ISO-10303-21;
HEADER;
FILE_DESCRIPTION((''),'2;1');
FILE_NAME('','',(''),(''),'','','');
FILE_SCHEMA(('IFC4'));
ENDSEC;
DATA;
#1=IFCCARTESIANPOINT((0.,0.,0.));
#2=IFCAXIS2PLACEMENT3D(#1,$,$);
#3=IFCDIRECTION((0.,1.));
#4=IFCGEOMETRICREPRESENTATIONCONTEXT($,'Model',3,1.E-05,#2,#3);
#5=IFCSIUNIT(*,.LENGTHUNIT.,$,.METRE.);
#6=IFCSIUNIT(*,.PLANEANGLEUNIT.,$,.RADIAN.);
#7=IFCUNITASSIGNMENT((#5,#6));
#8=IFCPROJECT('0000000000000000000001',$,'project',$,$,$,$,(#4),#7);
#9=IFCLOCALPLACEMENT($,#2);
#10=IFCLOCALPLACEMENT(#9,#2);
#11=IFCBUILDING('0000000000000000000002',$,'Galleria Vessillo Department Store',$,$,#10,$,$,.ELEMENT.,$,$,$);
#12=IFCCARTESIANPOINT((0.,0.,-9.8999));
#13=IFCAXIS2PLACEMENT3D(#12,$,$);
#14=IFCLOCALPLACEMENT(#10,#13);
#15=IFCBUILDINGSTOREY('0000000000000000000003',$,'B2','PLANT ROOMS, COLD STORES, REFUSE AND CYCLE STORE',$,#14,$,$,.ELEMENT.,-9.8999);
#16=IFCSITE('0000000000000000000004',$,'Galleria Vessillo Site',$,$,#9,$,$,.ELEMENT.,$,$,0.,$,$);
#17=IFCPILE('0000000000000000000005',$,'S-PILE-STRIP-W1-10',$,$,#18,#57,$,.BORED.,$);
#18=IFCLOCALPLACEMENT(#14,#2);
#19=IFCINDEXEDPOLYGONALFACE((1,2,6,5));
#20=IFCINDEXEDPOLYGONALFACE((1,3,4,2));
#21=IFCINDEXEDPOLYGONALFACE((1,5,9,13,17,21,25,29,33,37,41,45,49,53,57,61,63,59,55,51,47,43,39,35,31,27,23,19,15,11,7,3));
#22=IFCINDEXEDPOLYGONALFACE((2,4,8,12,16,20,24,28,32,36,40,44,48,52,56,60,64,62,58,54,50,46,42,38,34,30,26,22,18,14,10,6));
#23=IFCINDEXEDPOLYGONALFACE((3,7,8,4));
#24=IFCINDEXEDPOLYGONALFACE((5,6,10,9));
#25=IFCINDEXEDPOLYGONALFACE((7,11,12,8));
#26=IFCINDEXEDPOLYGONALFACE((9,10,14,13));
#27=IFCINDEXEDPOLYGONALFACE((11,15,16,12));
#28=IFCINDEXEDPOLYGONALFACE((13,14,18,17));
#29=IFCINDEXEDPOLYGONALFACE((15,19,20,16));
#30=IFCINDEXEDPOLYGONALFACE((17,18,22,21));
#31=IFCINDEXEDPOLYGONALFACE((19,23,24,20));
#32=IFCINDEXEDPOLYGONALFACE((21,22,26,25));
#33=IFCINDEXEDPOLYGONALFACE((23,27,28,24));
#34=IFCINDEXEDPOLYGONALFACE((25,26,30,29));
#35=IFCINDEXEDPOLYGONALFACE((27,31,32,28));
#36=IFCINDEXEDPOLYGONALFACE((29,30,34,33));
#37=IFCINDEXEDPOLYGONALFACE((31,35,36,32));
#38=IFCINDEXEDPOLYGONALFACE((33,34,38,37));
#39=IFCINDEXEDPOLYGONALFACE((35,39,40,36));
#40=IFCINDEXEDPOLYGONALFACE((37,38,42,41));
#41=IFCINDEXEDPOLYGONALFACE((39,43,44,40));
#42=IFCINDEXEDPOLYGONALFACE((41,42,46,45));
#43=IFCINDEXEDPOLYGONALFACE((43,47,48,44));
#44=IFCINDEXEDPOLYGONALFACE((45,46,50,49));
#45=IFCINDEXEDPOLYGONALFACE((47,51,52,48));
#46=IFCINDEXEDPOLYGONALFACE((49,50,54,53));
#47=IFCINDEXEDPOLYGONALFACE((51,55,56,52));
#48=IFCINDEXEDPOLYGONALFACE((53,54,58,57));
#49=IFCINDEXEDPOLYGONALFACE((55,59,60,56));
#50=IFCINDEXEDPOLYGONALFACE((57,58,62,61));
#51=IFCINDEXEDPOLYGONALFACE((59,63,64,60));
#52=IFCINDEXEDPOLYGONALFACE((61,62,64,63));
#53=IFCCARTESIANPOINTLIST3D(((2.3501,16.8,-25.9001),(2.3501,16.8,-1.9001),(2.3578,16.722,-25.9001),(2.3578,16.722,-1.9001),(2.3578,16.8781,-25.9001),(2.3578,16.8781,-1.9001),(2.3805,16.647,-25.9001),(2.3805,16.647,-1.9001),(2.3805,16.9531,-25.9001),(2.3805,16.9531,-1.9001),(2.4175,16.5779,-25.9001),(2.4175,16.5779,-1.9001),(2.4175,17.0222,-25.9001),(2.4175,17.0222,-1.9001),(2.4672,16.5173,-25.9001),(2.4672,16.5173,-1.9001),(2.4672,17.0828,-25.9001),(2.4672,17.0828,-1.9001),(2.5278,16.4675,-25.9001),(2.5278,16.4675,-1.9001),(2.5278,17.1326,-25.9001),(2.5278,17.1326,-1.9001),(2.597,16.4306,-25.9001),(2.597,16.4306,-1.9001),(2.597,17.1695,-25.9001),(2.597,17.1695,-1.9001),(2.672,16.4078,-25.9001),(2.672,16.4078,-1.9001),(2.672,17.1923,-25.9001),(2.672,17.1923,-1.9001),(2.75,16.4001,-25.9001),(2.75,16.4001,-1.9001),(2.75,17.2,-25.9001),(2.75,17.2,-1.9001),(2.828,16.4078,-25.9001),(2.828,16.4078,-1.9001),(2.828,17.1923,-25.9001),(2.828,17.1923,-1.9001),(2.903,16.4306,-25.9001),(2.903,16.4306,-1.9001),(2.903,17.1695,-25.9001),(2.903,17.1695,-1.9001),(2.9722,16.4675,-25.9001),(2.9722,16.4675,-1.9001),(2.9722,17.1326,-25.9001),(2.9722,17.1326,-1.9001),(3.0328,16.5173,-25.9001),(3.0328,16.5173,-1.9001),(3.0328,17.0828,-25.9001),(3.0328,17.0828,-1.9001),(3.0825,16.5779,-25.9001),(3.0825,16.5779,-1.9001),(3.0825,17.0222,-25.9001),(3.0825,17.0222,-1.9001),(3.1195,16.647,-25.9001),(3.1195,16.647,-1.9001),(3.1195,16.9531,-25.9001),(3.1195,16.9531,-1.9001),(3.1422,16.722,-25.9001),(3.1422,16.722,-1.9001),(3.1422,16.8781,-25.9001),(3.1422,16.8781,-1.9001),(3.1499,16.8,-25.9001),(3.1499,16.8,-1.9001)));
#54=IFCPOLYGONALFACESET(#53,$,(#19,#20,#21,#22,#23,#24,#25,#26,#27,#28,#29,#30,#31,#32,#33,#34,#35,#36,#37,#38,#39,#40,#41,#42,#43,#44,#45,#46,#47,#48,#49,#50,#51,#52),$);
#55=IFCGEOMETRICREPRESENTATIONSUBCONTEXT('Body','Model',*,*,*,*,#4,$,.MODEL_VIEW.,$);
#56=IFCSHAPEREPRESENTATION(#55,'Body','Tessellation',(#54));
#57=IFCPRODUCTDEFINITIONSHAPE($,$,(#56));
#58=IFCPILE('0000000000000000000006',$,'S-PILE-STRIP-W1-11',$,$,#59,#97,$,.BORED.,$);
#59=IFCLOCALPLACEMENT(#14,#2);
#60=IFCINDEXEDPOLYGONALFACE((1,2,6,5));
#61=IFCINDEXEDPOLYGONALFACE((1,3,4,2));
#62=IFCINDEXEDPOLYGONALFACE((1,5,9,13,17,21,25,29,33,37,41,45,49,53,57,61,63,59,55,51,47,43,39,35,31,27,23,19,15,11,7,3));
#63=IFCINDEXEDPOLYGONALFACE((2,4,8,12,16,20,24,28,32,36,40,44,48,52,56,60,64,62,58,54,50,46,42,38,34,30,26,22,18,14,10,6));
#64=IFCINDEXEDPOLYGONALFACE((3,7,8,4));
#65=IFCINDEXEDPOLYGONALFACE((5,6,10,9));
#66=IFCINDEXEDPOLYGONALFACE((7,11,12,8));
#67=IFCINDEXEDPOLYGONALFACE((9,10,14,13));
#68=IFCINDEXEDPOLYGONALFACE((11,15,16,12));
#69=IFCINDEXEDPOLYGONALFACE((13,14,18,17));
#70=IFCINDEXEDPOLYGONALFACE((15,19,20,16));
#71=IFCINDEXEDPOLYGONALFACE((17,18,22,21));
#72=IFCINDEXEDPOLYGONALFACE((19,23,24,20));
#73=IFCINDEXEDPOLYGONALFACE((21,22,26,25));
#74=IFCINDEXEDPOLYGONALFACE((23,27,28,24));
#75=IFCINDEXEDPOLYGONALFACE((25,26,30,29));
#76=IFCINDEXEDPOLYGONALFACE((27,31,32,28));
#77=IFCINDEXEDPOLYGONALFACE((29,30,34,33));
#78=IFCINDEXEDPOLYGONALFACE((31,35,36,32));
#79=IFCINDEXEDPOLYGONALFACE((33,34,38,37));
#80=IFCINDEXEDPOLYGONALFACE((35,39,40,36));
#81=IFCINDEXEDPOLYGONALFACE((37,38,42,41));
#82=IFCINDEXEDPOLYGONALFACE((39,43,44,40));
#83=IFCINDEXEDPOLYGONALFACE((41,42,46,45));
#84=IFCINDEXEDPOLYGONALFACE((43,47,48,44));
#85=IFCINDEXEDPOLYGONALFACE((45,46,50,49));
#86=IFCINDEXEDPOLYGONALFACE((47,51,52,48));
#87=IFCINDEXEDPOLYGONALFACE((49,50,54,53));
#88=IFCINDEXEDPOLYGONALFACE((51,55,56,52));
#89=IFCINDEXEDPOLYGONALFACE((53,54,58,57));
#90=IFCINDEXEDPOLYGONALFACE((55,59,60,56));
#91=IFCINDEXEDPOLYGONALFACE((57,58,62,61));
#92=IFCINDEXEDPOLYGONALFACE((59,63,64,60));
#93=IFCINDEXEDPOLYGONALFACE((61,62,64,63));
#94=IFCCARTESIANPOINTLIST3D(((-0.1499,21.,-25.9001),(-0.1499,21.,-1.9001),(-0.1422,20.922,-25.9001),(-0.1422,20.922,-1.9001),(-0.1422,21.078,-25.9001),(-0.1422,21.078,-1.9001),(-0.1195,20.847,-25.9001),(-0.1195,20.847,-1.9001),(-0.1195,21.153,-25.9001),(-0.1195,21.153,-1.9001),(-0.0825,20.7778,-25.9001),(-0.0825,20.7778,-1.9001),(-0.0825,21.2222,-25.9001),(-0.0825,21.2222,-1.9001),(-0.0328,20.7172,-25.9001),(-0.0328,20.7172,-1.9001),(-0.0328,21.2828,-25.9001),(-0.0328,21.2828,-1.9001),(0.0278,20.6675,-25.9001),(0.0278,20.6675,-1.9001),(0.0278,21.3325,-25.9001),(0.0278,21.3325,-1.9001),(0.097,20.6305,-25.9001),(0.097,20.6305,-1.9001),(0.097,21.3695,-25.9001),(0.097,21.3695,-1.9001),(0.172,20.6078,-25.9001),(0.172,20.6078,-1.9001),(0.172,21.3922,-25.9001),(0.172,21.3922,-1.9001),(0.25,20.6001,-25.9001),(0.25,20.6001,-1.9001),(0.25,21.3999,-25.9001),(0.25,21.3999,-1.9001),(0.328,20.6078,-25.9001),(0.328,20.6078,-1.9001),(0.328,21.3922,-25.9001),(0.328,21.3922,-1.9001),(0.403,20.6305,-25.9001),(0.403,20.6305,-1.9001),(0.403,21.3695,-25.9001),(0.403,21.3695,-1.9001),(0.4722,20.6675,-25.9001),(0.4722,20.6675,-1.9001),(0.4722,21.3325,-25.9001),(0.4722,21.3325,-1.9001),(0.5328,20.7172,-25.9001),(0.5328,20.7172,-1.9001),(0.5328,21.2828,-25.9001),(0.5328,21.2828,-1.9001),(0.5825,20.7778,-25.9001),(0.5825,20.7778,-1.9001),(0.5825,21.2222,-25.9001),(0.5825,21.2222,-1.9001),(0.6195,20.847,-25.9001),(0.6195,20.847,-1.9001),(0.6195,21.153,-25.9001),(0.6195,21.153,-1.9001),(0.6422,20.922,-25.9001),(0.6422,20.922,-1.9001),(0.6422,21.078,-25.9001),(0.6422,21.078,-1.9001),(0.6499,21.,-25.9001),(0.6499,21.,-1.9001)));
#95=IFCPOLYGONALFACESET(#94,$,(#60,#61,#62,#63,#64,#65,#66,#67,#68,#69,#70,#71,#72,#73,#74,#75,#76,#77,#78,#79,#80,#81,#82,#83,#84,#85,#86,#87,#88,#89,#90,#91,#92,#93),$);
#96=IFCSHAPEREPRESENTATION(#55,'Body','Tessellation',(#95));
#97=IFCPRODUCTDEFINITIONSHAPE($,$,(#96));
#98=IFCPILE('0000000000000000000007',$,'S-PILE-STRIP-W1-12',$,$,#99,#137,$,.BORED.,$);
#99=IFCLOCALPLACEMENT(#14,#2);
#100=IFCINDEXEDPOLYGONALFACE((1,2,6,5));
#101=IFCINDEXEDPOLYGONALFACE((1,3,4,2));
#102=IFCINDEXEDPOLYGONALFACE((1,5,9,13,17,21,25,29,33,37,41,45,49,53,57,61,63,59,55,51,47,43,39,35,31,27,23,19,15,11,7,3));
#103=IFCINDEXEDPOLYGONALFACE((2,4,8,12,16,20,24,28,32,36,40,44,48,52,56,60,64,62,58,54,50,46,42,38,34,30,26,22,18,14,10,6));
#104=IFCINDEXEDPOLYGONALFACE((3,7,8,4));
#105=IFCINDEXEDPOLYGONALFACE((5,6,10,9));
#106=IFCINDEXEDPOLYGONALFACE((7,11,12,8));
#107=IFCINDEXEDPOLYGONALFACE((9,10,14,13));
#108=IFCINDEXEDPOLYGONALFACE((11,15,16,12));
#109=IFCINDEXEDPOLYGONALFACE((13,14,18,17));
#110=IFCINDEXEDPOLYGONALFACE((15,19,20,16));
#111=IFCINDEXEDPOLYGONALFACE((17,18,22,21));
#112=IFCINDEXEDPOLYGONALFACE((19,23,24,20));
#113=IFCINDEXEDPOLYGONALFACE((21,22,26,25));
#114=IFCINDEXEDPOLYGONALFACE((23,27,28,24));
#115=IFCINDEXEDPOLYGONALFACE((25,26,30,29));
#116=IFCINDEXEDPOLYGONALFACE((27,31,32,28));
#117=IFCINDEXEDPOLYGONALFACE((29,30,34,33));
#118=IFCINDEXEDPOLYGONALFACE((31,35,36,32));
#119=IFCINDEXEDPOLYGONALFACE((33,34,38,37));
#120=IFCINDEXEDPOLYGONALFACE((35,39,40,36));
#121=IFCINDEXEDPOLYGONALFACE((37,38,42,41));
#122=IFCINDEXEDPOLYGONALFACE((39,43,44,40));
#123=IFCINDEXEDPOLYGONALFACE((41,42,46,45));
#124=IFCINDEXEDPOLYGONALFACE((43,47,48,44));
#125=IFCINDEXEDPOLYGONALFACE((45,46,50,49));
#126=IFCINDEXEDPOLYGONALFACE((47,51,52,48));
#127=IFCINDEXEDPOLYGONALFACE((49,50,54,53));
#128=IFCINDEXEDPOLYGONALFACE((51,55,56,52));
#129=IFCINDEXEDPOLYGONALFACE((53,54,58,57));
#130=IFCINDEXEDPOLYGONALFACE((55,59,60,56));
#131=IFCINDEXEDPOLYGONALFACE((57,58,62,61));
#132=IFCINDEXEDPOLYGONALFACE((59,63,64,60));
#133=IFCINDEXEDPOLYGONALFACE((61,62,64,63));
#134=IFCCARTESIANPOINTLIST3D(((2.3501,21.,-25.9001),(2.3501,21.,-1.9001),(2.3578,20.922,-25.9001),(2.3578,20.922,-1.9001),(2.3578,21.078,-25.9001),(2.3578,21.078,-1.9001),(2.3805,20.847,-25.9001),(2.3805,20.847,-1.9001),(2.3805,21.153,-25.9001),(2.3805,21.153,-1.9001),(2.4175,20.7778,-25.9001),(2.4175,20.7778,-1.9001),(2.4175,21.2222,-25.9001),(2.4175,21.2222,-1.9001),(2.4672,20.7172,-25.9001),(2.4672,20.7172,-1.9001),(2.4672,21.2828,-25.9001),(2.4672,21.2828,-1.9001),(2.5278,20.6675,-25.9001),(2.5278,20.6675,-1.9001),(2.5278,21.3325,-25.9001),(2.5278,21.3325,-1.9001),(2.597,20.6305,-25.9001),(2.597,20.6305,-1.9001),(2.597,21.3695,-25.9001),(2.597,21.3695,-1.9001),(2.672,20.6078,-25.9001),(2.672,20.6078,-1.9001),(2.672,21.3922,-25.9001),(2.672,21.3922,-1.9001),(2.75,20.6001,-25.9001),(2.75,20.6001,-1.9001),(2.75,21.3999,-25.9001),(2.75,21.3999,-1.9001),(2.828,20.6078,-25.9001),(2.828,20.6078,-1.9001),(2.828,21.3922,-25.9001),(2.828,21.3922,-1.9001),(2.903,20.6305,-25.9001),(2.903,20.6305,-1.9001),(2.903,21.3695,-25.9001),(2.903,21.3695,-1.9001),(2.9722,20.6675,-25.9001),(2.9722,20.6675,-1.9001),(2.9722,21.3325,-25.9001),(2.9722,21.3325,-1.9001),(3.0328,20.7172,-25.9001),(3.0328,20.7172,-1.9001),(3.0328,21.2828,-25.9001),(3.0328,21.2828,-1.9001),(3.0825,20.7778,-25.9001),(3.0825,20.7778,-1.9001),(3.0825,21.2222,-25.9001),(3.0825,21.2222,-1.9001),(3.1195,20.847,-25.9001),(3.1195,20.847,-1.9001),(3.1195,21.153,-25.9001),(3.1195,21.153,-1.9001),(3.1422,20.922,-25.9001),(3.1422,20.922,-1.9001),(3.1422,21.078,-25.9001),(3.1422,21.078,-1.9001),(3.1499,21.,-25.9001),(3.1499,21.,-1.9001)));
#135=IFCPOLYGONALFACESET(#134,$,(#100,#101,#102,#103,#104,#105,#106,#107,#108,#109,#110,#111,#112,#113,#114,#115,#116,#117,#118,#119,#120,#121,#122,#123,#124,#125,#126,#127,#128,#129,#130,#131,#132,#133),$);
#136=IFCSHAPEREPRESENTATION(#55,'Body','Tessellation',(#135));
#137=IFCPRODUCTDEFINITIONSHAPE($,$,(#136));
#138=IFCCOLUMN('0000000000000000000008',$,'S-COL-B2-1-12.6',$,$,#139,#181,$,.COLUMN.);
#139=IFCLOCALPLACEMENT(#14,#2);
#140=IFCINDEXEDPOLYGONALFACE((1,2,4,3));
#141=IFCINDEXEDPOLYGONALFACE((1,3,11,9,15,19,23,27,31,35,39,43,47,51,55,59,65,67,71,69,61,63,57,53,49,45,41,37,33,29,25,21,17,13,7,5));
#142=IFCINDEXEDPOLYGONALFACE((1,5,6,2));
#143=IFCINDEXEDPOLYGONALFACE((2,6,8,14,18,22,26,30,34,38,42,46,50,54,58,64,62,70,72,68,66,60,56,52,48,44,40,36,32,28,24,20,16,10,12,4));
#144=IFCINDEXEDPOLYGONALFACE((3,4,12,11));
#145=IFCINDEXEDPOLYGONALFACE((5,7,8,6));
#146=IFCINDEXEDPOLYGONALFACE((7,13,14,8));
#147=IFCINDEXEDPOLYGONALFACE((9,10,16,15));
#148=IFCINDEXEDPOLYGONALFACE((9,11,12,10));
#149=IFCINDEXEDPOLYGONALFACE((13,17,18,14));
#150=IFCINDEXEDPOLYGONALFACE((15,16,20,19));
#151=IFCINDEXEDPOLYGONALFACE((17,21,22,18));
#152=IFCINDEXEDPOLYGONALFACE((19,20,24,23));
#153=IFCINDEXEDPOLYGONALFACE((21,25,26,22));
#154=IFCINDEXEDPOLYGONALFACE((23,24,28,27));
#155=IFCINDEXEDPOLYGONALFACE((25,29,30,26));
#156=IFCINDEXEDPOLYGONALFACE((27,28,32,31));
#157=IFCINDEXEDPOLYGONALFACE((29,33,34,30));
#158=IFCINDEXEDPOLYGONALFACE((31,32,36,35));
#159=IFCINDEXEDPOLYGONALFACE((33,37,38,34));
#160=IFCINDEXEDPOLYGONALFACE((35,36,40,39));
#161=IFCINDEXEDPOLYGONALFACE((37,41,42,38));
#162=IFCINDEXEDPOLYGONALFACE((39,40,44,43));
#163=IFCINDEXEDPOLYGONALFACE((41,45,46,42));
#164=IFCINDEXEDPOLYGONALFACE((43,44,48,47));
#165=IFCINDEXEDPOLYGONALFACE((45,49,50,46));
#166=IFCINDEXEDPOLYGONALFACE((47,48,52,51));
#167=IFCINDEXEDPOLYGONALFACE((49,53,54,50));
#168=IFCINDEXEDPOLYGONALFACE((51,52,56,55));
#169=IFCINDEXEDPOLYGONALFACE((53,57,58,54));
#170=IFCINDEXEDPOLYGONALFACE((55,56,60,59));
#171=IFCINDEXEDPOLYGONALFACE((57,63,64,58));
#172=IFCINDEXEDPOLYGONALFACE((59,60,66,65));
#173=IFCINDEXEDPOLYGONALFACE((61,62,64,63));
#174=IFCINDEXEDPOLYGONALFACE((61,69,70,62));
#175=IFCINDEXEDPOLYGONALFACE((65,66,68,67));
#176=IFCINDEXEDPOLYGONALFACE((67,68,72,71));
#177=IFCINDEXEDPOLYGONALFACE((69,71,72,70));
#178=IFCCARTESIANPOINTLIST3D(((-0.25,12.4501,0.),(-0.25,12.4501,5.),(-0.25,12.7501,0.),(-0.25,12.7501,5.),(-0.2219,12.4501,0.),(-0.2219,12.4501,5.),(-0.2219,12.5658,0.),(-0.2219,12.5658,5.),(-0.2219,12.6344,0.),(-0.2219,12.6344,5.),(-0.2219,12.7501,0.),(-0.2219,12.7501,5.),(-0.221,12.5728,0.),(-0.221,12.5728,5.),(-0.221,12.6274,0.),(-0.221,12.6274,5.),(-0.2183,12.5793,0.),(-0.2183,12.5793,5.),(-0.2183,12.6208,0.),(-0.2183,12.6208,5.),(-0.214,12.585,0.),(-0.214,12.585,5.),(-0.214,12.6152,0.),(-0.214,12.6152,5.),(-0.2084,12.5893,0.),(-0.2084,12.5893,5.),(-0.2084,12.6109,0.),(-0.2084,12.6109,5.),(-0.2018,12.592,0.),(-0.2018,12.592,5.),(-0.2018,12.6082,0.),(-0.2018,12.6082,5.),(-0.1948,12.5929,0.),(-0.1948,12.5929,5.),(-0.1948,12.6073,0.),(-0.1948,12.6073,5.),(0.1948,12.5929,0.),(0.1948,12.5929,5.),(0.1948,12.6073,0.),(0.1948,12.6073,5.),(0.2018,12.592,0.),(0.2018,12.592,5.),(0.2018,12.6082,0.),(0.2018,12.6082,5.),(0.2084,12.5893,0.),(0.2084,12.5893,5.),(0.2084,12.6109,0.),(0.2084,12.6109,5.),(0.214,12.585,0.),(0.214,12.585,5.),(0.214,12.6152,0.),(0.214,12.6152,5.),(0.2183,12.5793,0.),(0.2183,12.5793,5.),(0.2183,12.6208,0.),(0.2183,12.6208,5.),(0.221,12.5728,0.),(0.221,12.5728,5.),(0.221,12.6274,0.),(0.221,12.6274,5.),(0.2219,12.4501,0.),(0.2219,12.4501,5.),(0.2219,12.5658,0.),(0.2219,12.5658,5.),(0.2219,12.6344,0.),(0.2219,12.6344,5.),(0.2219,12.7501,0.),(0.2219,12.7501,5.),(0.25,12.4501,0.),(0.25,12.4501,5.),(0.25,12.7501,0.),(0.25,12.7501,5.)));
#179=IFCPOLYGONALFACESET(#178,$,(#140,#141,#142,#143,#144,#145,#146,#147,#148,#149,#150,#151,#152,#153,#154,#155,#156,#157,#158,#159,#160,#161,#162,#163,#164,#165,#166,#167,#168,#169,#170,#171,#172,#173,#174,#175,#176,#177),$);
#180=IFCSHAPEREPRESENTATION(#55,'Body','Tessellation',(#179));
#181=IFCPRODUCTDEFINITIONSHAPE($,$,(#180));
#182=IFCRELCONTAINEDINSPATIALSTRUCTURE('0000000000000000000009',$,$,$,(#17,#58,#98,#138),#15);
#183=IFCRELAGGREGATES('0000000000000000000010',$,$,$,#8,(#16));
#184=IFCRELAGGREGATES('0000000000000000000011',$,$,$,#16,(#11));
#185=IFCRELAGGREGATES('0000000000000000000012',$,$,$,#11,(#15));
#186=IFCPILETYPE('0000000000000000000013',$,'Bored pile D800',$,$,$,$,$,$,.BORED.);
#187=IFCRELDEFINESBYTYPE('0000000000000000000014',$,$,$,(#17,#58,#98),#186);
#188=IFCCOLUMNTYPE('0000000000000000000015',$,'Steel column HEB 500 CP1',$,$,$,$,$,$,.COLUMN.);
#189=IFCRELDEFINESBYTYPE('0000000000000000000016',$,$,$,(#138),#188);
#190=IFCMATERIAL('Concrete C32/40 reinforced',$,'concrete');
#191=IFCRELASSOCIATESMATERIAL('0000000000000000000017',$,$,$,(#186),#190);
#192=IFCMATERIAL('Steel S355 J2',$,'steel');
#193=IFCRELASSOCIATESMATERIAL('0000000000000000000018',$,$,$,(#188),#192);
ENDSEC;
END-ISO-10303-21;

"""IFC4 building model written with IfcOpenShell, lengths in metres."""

from ifc_helpers import new_model, si_unit, direction, frame, origin, origin_2d, place, context, subcontext, project, spatial, circle, i_section, extrude, material, material_profile, profile_set, type_object, element, save


model = new_model("IFC4")

# Units and contexts
model_context = context("Model", 3, precision=1e-05, world=origin(), true_north=direction((0.0, 1.0)))
body_context = subcontext(model_context, "Body", "Model", "MODEL_VIEW")
ifc_project = project(units=[si_unit("LENGTHUNIT", "METRE"), si_unit("PLANEANGLEUNIT", "RADIAN")], contexts=[model_context])

# Site, building, storey
site_placement = place(None, origin())
site = spatial("IfcSite", under=ifc_project, at=site_placement, Name="Galleria Vessillo Site", CompositionType="ELEMENT", RefElevation=0.0)
building_placement = place(site_placement, origin())
building = spatial("IfcBuilding", under=site, at=building_placement, Name="Galleria Vessillo Department Store", CompositionType="ELEMENT")
storey_placement = place(building_placement, frame((0.0, 0.0, -9.8999)))
storey = spatial("IfcBuildingStorey", under=building, at=storey_placement, Name="B2", Description="PLANT ROOMS, COLD STORES, REFUSE AND CYCLE STORE", CompositionType="ELEMENT", Elevation=-9.8999)

# Piles
ifc_material_1 = material(Name="Concrete C32/40 reinforced", Category="concrete")
ifc_material_profile_1 = material_profile(ifc_material_1, circle(Radius=0.3999, at=origin_2d()), Name="Bored pile D800")
ifc_profile_set_1 = profile_set([ifc_material_profile_1], Name="Concrete C32/40 reinforced")
pile_type = type_object("IfcPileType", Name="Bored pile D800", PredefinedType="BORED", material=ifc_profile_set_1)
for number, where, z_axis, x_axis, name in (
    (1, (2.75, 16.8, -1.9001), (0.0, 0.0, -1.0), (1.0, 0.0, 0.0), "S-PILE-STRIP-W1-10"),
    (2, (0.25, 21.0, -1.9001), (0.0, 0.0, -1.0), (1.0, 0.0, 0.0), "S-PILE-STRIP-W1-11"),
    (3, (2.75, 21.0, -1.9001), (0.0, 0.0, -1.0), (1.0, 0.0, 0.0), "S-PILE-STRIP-W1-12"),
):
    element("IfcPile", number, at=place(storey_placement, frame(where, z_axis=z_axis, x_axis=x_axis)), inside=storey, type_object=pile_type, Name=name, PredefinedType="BORED", context=body_context, shape_type="SweptSolid", body=[
        extrude(circle(Radius=0.3999, at=origin_2d()), origin(), (0.0, 0.0, 1.0), 24.0),
    ])

# Column
ifc_material_2 = material(Name="Steel S355 J2", Category="steel")
ifc_material_profile_2 = material_profile(ifc_material_2, i_section(OverallWidth=0.3, OverallDepth=0.5, WebThickness=0.0144, FlangeThickness=0.0281, FilletRadius=0.0271, at=origin_2d()), Name="HEB 500")
ifc_profile_set_2 = profile_set([ifc_material_profile_2], Name="Steel S355 J2")
column_type = type_object("IfcColumnType", Name="Steel column HEB 500 CP1", PredefinedType="COLUMN", material=ifc_profile_set_2)
for number, where, z_axis, x_axis, name in (
    (4, (0.0, 12.6001, 0.0), (0.0, 0.0, 1.0), (0.0, 1.0, 0.0), "S-COL-B2-1-12.6"),
):
    element("IfcColumn", number, at=place(storey_placement, frame(where, z_axis=z_axis, x_axis=x_axis)), inside=storey, type_object=column_type, Name=name, PredefinedType="COLUMN", context=body_context, shape_type="SweptSolid", body=[
        extrude(i_section(OverallWidth=0.3, OverallDepth=0.5, WebThickness=0.0144, FlangeThickness=0.0281, FilletRadius=0.0271, at=origin_2d()), origin(), (0.0, 0.0, 1.0), 5.0),
    ])

save(model, "model.ifc")
